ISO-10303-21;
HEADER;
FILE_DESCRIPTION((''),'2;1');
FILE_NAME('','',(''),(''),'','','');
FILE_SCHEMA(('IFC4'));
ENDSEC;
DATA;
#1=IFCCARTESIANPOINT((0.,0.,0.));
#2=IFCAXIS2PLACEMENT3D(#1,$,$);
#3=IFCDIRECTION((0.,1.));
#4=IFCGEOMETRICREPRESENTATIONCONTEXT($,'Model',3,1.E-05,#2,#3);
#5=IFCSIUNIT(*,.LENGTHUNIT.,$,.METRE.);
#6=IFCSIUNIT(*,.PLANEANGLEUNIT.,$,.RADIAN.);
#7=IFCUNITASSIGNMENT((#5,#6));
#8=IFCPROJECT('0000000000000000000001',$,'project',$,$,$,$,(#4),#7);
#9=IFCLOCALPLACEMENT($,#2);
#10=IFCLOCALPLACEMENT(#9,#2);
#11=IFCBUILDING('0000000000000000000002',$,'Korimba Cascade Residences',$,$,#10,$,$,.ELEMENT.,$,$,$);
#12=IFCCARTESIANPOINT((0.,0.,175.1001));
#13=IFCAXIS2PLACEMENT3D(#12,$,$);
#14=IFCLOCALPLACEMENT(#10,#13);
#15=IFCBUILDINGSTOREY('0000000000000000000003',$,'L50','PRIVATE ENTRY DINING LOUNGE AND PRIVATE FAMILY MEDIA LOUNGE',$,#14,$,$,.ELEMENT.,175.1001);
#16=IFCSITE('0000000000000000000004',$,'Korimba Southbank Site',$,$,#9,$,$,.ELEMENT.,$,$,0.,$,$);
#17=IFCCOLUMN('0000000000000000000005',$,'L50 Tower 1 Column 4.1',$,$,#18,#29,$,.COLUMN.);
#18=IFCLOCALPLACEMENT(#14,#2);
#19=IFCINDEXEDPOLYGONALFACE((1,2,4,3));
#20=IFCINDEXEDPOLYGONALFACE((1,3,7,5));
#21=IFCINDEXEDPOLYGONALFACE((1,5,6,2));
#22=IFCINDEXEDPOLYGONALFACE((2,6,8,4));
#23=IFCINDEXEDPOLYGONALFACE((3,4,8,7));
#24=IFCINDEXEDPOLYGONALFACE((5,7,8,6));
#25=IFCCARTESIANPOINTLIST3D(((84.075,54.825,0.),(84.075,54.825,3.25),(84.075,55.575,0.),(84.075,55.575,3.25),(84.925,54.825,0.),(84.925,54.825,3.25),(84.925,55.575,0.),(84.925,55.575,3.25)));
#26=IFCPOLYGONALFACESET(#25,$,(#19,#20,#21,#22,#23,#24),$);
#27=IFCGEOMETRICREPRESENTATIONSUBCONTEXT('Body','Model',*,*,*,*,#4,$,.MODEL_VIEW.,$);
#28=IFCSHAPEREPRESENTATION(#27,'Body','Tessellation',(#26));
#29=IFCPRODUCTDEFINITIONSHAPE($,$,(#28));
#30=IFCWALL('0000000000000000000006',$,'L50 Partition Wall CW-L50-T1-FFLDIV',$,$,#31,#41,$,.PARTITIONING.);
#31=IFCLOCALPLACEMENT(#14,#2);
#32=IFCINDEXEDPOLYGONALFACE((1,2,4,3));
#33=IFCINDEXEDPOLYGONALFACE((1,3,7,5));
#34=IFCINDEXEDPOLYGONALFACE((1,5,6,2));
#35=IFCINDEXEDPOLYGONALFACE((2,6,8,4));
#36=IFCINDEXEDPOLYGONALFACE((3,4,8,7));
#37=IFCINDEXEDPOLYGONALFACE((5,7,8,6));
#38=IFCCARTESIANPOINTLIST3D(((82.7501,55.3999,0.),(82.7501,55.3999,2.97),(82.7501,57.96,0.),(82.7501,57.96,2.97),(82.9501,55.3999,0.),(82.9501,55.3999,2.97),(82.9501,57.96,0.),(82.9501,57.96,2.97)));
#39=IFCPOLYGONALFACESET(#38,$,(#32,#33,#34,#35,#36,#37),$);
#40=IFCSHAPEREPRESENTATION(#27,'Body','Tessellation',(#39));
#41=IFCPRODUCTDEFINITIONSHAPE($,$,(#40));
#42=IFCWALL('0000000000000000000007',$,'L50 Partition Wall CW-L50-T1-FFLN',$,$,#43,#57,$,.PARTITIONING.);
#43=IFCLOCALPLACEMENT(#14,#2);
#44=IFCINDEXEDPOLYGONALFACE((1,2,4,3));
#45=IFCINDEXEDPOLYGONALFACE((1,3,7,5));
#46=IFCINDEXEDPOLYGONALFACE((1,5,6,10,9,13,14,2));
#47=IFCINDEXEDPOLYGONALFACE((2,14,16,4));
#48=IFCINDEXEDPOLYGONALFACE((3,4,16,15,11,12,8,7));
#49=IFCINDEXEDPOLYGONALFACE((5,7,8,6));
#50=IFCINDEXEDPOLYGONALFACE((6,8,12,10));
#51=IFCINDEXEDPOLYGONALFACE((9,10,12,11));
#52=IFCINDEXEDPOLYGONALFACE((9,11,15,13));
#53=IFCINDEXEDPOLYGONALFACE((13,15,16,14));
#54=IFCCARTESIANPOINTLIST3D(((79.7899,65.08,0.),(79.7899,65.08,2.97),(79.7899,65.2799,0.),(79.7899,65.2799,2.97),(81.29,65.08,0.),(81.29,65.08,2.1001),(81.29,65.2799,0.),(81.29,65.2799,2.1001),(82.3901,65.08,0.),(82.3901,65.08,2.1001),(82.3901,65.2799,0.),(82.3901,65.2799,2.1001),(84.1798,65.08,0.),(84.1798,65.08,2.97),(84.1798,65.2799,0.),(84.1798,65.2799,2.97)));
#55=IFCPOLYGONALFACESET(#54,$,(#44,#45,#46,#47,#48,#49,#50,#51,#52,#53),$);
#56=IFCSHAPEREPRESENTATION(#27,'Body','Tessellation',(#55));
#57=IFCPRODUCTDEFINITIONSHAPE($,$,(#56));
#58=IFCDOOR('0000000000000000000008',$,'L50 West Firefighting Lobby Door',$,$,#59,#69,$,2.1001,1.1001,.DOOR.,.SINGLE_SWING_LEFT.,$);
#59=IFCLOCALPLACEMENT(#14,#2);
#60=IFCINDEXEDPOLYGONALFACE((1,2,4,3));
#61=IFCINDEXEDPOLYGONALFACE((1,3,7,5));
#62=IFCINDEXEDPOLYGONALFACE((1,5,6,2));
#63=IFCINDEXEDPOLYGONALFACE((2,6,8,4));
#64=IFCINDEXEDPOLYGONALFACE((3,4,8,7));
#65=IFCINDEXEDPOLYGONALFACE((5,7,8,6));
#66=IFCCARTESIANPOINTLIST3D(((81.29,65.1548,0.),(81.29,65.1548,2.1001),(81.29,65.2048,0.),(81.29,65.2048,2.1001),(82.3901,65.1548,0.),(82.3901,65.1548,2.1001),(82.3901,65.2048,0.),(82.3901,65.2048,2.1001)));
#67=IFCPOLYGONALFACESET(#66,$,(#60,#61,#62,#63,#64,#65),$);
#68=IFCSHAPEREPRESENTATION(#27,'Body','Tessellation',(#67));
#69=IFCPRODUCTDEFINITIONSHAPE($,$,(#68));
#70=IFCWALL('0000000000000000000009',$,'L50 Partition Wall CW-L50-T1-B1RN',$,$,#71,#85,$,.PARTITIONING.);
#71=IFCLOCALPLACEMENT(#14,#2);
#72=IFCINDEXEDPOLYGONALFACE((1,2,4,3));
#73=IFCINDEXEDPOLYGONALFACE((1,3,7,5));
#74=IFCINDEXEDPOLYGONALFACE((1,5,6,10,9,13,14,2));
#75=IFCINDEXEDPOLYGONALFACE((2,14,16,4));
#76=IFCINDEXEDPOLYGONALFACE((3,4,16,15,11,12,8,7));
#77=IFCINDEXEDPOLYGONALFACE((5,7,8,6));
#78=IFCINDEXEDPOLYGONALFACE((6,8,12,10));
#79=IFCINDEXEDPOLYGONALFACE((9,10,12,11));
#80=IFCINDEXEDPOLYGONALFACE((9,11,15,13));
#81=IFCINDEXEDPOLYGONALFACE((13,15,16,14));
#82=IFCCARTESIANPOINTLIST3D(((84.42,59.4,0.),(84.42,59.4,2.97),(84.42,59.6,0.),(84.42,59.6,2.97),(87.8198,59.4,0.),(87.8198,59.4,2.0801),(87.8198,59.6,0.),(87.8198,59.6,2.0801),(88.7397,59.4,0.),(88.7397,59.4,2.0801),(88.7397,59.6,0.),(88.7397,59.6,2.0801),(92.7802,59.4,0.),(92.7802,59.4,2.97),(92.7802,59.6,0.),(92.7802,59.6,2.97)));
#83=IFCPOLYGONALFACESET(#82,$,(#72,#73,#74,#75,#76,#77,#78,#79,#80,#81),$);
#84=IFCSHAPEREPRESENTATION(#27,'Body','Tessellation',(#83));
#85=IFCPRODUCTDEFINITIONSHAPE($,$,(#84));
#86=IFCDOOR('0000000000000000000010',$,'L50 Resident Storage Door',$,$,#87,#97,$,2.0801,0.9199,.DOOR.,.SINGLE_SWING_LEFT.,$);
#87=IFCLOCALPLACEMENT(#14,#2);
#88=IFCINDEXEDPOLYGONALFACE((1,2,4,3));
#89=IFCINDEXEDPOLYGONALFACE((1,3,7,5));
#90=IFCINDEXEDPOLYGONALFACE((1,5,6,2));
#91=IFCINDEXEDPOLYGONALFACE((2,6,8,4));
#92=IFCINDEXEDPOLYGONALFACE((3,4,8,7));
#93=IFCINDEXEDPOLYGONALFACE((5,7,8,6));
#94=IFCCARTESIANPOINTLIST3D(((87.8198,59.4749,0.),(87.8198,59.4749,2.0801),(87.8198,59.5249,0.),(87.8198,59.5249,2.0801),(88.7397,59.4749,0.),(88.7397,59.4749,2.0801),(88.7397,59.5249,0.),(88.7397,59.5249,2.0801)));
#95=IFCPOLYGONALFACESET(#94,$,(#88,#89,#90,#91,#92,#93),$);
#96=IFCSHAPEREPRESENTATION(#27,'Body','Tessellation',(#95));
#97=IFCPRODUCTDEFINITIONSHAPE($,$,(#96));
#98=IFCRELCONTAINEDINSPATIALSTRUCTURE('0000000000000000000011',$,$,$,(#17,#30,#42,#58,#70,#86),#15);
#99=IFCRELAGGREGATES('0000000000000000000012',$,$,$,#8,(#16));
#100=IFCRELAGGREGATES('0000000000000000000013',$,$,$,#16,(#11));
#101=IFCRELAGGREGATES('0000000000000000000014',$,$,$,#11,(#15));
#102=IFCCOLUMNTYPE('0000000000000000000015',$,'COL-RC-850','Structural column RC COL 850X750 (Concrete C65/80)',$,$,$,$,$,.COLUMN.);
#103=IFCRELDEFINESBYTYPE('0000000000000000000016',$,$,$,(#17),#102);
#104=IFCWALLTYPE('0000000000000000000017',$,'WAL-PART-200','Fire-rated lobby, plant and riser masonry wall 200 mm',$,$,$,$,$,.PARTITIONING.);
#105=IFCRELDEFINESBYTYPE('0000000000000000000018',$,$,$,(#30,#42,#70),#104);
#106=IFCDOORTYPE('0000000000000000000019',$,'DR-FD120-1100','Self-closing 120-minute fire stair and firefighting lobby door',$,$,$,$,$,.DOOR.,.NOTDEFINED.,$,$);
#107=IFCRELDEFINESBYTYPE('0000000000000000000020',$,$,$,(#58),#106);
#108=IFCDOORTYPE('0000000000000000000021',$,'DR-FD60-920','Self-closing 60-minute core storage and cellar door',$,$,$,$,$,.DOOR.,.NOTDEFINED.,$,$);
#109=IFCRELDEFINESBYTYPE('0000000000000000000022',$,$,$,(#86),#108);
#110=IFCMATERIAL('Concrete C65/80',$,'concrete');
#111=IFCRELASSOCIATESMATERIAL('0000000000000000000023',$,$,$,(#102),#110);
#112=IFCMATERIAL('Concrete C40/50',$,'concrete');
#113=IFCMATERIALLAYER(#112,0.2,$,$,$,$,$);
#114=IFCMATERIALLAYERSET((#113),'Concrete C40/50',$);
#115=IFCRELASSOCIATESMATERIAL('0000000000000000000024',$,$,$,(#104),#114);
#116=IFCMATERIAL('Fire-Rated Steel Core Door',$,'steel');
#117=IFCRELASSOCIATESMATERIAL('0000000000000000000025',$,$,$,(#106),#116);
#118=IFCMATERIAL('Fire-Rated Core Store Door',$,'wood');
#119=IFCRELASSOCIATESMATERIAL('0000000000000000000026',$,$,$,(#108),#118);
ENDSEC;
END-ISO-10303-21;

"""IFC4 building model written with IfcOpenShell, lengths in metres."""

from ifc_helpers import new_model, si_unit, direction, frame, frame_2d, origin, origin_2d, place, context, subcontext, project, spatial, rectangle, extrude, material, layer, layer_set, material_profile, profile_set, type_object, element, fill, save


model = new_model("IFC4")

# Units and contexts
model_context = context("Model", 3, precision=1e-05, world=origin(), true_north=direction((0.0, 1.0)))
body_context = subcontext(model_context, "Body", "Model", "MODEL_VIEW")
ifc_project = project(units=[si_unit("LENGTHUNIT", "METRE"), si_unit("PLANEANGLEUNIT", "RADIAN")], contexts=[model_context])

# Site, building, storey
site_placement = place(None, origin())
site = spatial("IfcSite", under=ifc_project, at=site_placement, Name="Korimba Southbank Site", CompositionType="ELEMENT", RefElevation=0.0)
building_placement = place(site_placement, origin())
building = spatial("IfcBuilding", under=site, at=building_placement, Name="Korimba Cascade Residences", CompositionType="ELEMENT")
storey_placement = place(building_placement, frame((0.0, 0.0, 175.1001)))
storey = spatial("IfcBuildingStorey", under=building, at=storey_placement, Name="L50", Description="PRIVATE ENTRY DINING LOUNGE AND PRIVATE FAMILY MEDIA LOUNGE", CompositionType="ELEMENT", Elevation=175.1001)

# Column
ifc_material_1 = material(Name="Concrete C65/80", Category="concrete")
ifc_material_profile = material_profile(ifc_material_1, rectangle(XDim=0.8501, YDim=0.75, at=origin_2d()), Name="Concrete C65/80")
ifc_profile_set = profile_set([ifc_material_profile], Name="Concrete C65/80")
column_type = type_object("IfcColumnType", Name="COL-RC-850", Description="Structural column RC COL 850X750 (Concrete C65/80)", PredefinedType="COLUMN", material=ifc_profile_set)
column_placement = place(storey_placement, frame((84.5, 55.2, 0.0), z_axis=(0.0, 0.0, 1.0), x_axis=(1.0, 0.0, 0.0)))
element("IfcColumn", 1, at=column_placement, inside=storey, type_object=column_type, Name="L50 Tower 1 Column 4.1", PredefinedType="COLUMN", context=body_context, shape_type="SweptSolid", body=[
    extrude(rectangle(XDim=0.8501, YDim=0.75, at=origin_2d()), origin(), (0.0, 0.0, 1.0), 3.25),
])

# Wall
ifc_material_2 = material(Name="Concrete C40/50", Category="concrete")
ifc_layer_1 = layer(ifc_material_2, 0.2)
ifc_layer_set_1 = layer_set([ifc_layer_1], Name="Concrete C40/50")
wall_type_1 = type_object("IfcWallType", Name="WAL-PART-200", Description="Fire-rated lobby, plant and riser masonry wall 200 mm", PredefinedType="PARTITIONING", material=ifc_layer_set_1)
wall_1_placement = place(storey_placement, frame((82.8501, 55.3999, 0.0), z_axis=(0.0, 0.0, 1.0), x_axis=(0.0, 1.0, 0.0)))
element("IfcWall", 2, at=wall_1_placement, inside=storey, type_object=wall_type_1, Name="L50 Partition Wall CW-L50-T1-FFLDIV", PredefinedType="PARTITIONING", context=body_context, shape_type="SweptSolid", body=[
    extrude(rectangle(XDim=2.5601, YDim=0.2, at=frame_2d((1.28, 0.0))), origin(), (0.0, 0.0, 1.0), 2.97),
])

# Walls, openings, doors
wall_2_placement = place(storey_placement, frame((79.79, 65.1799, 0.0), z_axis=(0.0, 0.0, 1.0), x_axis=(1.0, 0.0, 0.0)))
wall_2 = element("IfcWall", 3, at=wall_2_placement, inside=storey, type_object=wall_type_1, Name="L50 Partition Wall CW-L50-T1-FFLN", PredefinedType="PARTITIONING", context=body_context, shape_type="SweptSolid", body=[
    extrude(rectangle(XDim=4.3899, YDim=0.2, at=frame_2d((2.1948, 0.0))), origin(), (0.0, 0.0, 1.0), 2.97),
])
opening_1_placement = place(wall_2_placement, frame((1.5, 0.0, 0.0)))
opening_1 = element("IfcOpeningElement", 4, at=opening_1_placement, cuts=wall_2, PredefinedType="OPENING", context=body_context, shape_type="SweptSolid", body=[
    extrude(rectangle(XDim=1.1001, YDim=2.1001, at=frame_2d((0.55, 1.05))), frame((0.0, 0.1099, 0.0), z_axis=(0.0, -1.0, 0.0), x_axis=(1.0, 0.0, 0.0)), (0.0, 0.0, 1.0), 0.22),
])
ifc_material_3 = material(Name="Fire-Rated Steel Core Door", Category="steel")
door_type_1 = type_object("IfcDoorType", Name="DR-FD120-1100", Description="Self-closing 120-minute fire stair and firefighting lobby door", OperationType="NOTDEFINED", PredefinedType="DOOR", material=ifc_material_3)
door_1_placement = place(opening_1_placement, origin())
door_1 = element("IfcDoor", 5, at=door_1_placement, inside=storey, type_object=door_type_1, Name="L50 West Firefighting Lobby Door", OperationType="SINGLE_SWING_LEFT", OverallHeight=2.1001, OverallWidth=1.1001, PredefinedType="DOOR", context=body_context, shape_type="SweptSolid", body=[
    extrude(rectangle(XDim=1.1001, YDim=2.1001, at=frame_2d((0.55, 1.05))), frame((0.0, 0.0249, 0.0), z_axis=(0.0, -1.0, 0.0), x_axis=(1.0, 0.0, 0.0)), (0.0, 0.0, 1.0), 0.05),
])
fill(opening_1, door_1)
wall_3_placement = place(storey_placement, frame((84.4199, 59.5, 0.0), z_axis=(0.0, 0.0, 1.0), x_axis=(1.0, 0.0, 0.0)))
wall_3 = element("IfcWall", 6, at=wall_3_placement, inside=storey, type_object=wall_type_1, Name="L50 Partition Wall CW-L50-T1-B1RN", PredefinedType="PARTITIONING", context=body_context, shape_type="SweptSolid", body=[
    extrude(rectangle(XDim=8.3601, YDim=0.2, at=frame_2d((4.1802, 0.0))), origin(), (0.0, 0.0, 1.0), 2.97),
])
opening_2_placement = place(wall_3_placement, frame((3.3999, 0.0, 0.0)))
opening_2 = element("IfcOpeningElement", 7, at=opening_2_placement, cuts=wall_3, PredefinedType="OPENING", context=body_context, shape_type="SweptSolid", body=[
    extrude(rectangle(XDim=0.9199, YDim=2.0801, at=frame_2d((0.46, 1.04))), frame((0.0, 0.1099, 0.0), z_axis=(0.0, -1.0, 0.0), x_axis=(1.0, 0.0, 0.0)), (0.0, 0.0, 1.0), 0.22),
])
ifc_material_4 = material(Name="Fire-Rated Core Store Door", Category="wood")
door_type_2 = type_object("IfcDoorType", Name="DR-FD60-920", Description="Self-closing 60-minute core storage and cellar door", OperationType="NOTDEFINED", PredefinedType="DOOR", material=ifc_material_4)
door_2_placement = place(opening_2_placement, origin())
door_2 = element("IfcDoor", 8, at=door_2_placement, inside=storey, type_object=door_type_2, Name="L50 Resident Storage Door", OperationType="SINGLE_SWING_LEFT", OverallHeight=2.0801, OverallWidth=0.9199, PredefinedType="DOOR", context=body_context, shape_type="SweptSolid", body=[
    extrude(rectangle(XDim=0.9199, YDim=2.0801, at=frame_2d((0.46, 1.04))), frame((0.0, 0.0249, 0.0), z_axis=(0.0, -1.0, 0.0), x_axis=(1.0, 0.0, 0.0)), (0.0, 0.0, 1.0), 0.05),
])
fill(opening_2, door_2)

save(model, "model.ifc")
